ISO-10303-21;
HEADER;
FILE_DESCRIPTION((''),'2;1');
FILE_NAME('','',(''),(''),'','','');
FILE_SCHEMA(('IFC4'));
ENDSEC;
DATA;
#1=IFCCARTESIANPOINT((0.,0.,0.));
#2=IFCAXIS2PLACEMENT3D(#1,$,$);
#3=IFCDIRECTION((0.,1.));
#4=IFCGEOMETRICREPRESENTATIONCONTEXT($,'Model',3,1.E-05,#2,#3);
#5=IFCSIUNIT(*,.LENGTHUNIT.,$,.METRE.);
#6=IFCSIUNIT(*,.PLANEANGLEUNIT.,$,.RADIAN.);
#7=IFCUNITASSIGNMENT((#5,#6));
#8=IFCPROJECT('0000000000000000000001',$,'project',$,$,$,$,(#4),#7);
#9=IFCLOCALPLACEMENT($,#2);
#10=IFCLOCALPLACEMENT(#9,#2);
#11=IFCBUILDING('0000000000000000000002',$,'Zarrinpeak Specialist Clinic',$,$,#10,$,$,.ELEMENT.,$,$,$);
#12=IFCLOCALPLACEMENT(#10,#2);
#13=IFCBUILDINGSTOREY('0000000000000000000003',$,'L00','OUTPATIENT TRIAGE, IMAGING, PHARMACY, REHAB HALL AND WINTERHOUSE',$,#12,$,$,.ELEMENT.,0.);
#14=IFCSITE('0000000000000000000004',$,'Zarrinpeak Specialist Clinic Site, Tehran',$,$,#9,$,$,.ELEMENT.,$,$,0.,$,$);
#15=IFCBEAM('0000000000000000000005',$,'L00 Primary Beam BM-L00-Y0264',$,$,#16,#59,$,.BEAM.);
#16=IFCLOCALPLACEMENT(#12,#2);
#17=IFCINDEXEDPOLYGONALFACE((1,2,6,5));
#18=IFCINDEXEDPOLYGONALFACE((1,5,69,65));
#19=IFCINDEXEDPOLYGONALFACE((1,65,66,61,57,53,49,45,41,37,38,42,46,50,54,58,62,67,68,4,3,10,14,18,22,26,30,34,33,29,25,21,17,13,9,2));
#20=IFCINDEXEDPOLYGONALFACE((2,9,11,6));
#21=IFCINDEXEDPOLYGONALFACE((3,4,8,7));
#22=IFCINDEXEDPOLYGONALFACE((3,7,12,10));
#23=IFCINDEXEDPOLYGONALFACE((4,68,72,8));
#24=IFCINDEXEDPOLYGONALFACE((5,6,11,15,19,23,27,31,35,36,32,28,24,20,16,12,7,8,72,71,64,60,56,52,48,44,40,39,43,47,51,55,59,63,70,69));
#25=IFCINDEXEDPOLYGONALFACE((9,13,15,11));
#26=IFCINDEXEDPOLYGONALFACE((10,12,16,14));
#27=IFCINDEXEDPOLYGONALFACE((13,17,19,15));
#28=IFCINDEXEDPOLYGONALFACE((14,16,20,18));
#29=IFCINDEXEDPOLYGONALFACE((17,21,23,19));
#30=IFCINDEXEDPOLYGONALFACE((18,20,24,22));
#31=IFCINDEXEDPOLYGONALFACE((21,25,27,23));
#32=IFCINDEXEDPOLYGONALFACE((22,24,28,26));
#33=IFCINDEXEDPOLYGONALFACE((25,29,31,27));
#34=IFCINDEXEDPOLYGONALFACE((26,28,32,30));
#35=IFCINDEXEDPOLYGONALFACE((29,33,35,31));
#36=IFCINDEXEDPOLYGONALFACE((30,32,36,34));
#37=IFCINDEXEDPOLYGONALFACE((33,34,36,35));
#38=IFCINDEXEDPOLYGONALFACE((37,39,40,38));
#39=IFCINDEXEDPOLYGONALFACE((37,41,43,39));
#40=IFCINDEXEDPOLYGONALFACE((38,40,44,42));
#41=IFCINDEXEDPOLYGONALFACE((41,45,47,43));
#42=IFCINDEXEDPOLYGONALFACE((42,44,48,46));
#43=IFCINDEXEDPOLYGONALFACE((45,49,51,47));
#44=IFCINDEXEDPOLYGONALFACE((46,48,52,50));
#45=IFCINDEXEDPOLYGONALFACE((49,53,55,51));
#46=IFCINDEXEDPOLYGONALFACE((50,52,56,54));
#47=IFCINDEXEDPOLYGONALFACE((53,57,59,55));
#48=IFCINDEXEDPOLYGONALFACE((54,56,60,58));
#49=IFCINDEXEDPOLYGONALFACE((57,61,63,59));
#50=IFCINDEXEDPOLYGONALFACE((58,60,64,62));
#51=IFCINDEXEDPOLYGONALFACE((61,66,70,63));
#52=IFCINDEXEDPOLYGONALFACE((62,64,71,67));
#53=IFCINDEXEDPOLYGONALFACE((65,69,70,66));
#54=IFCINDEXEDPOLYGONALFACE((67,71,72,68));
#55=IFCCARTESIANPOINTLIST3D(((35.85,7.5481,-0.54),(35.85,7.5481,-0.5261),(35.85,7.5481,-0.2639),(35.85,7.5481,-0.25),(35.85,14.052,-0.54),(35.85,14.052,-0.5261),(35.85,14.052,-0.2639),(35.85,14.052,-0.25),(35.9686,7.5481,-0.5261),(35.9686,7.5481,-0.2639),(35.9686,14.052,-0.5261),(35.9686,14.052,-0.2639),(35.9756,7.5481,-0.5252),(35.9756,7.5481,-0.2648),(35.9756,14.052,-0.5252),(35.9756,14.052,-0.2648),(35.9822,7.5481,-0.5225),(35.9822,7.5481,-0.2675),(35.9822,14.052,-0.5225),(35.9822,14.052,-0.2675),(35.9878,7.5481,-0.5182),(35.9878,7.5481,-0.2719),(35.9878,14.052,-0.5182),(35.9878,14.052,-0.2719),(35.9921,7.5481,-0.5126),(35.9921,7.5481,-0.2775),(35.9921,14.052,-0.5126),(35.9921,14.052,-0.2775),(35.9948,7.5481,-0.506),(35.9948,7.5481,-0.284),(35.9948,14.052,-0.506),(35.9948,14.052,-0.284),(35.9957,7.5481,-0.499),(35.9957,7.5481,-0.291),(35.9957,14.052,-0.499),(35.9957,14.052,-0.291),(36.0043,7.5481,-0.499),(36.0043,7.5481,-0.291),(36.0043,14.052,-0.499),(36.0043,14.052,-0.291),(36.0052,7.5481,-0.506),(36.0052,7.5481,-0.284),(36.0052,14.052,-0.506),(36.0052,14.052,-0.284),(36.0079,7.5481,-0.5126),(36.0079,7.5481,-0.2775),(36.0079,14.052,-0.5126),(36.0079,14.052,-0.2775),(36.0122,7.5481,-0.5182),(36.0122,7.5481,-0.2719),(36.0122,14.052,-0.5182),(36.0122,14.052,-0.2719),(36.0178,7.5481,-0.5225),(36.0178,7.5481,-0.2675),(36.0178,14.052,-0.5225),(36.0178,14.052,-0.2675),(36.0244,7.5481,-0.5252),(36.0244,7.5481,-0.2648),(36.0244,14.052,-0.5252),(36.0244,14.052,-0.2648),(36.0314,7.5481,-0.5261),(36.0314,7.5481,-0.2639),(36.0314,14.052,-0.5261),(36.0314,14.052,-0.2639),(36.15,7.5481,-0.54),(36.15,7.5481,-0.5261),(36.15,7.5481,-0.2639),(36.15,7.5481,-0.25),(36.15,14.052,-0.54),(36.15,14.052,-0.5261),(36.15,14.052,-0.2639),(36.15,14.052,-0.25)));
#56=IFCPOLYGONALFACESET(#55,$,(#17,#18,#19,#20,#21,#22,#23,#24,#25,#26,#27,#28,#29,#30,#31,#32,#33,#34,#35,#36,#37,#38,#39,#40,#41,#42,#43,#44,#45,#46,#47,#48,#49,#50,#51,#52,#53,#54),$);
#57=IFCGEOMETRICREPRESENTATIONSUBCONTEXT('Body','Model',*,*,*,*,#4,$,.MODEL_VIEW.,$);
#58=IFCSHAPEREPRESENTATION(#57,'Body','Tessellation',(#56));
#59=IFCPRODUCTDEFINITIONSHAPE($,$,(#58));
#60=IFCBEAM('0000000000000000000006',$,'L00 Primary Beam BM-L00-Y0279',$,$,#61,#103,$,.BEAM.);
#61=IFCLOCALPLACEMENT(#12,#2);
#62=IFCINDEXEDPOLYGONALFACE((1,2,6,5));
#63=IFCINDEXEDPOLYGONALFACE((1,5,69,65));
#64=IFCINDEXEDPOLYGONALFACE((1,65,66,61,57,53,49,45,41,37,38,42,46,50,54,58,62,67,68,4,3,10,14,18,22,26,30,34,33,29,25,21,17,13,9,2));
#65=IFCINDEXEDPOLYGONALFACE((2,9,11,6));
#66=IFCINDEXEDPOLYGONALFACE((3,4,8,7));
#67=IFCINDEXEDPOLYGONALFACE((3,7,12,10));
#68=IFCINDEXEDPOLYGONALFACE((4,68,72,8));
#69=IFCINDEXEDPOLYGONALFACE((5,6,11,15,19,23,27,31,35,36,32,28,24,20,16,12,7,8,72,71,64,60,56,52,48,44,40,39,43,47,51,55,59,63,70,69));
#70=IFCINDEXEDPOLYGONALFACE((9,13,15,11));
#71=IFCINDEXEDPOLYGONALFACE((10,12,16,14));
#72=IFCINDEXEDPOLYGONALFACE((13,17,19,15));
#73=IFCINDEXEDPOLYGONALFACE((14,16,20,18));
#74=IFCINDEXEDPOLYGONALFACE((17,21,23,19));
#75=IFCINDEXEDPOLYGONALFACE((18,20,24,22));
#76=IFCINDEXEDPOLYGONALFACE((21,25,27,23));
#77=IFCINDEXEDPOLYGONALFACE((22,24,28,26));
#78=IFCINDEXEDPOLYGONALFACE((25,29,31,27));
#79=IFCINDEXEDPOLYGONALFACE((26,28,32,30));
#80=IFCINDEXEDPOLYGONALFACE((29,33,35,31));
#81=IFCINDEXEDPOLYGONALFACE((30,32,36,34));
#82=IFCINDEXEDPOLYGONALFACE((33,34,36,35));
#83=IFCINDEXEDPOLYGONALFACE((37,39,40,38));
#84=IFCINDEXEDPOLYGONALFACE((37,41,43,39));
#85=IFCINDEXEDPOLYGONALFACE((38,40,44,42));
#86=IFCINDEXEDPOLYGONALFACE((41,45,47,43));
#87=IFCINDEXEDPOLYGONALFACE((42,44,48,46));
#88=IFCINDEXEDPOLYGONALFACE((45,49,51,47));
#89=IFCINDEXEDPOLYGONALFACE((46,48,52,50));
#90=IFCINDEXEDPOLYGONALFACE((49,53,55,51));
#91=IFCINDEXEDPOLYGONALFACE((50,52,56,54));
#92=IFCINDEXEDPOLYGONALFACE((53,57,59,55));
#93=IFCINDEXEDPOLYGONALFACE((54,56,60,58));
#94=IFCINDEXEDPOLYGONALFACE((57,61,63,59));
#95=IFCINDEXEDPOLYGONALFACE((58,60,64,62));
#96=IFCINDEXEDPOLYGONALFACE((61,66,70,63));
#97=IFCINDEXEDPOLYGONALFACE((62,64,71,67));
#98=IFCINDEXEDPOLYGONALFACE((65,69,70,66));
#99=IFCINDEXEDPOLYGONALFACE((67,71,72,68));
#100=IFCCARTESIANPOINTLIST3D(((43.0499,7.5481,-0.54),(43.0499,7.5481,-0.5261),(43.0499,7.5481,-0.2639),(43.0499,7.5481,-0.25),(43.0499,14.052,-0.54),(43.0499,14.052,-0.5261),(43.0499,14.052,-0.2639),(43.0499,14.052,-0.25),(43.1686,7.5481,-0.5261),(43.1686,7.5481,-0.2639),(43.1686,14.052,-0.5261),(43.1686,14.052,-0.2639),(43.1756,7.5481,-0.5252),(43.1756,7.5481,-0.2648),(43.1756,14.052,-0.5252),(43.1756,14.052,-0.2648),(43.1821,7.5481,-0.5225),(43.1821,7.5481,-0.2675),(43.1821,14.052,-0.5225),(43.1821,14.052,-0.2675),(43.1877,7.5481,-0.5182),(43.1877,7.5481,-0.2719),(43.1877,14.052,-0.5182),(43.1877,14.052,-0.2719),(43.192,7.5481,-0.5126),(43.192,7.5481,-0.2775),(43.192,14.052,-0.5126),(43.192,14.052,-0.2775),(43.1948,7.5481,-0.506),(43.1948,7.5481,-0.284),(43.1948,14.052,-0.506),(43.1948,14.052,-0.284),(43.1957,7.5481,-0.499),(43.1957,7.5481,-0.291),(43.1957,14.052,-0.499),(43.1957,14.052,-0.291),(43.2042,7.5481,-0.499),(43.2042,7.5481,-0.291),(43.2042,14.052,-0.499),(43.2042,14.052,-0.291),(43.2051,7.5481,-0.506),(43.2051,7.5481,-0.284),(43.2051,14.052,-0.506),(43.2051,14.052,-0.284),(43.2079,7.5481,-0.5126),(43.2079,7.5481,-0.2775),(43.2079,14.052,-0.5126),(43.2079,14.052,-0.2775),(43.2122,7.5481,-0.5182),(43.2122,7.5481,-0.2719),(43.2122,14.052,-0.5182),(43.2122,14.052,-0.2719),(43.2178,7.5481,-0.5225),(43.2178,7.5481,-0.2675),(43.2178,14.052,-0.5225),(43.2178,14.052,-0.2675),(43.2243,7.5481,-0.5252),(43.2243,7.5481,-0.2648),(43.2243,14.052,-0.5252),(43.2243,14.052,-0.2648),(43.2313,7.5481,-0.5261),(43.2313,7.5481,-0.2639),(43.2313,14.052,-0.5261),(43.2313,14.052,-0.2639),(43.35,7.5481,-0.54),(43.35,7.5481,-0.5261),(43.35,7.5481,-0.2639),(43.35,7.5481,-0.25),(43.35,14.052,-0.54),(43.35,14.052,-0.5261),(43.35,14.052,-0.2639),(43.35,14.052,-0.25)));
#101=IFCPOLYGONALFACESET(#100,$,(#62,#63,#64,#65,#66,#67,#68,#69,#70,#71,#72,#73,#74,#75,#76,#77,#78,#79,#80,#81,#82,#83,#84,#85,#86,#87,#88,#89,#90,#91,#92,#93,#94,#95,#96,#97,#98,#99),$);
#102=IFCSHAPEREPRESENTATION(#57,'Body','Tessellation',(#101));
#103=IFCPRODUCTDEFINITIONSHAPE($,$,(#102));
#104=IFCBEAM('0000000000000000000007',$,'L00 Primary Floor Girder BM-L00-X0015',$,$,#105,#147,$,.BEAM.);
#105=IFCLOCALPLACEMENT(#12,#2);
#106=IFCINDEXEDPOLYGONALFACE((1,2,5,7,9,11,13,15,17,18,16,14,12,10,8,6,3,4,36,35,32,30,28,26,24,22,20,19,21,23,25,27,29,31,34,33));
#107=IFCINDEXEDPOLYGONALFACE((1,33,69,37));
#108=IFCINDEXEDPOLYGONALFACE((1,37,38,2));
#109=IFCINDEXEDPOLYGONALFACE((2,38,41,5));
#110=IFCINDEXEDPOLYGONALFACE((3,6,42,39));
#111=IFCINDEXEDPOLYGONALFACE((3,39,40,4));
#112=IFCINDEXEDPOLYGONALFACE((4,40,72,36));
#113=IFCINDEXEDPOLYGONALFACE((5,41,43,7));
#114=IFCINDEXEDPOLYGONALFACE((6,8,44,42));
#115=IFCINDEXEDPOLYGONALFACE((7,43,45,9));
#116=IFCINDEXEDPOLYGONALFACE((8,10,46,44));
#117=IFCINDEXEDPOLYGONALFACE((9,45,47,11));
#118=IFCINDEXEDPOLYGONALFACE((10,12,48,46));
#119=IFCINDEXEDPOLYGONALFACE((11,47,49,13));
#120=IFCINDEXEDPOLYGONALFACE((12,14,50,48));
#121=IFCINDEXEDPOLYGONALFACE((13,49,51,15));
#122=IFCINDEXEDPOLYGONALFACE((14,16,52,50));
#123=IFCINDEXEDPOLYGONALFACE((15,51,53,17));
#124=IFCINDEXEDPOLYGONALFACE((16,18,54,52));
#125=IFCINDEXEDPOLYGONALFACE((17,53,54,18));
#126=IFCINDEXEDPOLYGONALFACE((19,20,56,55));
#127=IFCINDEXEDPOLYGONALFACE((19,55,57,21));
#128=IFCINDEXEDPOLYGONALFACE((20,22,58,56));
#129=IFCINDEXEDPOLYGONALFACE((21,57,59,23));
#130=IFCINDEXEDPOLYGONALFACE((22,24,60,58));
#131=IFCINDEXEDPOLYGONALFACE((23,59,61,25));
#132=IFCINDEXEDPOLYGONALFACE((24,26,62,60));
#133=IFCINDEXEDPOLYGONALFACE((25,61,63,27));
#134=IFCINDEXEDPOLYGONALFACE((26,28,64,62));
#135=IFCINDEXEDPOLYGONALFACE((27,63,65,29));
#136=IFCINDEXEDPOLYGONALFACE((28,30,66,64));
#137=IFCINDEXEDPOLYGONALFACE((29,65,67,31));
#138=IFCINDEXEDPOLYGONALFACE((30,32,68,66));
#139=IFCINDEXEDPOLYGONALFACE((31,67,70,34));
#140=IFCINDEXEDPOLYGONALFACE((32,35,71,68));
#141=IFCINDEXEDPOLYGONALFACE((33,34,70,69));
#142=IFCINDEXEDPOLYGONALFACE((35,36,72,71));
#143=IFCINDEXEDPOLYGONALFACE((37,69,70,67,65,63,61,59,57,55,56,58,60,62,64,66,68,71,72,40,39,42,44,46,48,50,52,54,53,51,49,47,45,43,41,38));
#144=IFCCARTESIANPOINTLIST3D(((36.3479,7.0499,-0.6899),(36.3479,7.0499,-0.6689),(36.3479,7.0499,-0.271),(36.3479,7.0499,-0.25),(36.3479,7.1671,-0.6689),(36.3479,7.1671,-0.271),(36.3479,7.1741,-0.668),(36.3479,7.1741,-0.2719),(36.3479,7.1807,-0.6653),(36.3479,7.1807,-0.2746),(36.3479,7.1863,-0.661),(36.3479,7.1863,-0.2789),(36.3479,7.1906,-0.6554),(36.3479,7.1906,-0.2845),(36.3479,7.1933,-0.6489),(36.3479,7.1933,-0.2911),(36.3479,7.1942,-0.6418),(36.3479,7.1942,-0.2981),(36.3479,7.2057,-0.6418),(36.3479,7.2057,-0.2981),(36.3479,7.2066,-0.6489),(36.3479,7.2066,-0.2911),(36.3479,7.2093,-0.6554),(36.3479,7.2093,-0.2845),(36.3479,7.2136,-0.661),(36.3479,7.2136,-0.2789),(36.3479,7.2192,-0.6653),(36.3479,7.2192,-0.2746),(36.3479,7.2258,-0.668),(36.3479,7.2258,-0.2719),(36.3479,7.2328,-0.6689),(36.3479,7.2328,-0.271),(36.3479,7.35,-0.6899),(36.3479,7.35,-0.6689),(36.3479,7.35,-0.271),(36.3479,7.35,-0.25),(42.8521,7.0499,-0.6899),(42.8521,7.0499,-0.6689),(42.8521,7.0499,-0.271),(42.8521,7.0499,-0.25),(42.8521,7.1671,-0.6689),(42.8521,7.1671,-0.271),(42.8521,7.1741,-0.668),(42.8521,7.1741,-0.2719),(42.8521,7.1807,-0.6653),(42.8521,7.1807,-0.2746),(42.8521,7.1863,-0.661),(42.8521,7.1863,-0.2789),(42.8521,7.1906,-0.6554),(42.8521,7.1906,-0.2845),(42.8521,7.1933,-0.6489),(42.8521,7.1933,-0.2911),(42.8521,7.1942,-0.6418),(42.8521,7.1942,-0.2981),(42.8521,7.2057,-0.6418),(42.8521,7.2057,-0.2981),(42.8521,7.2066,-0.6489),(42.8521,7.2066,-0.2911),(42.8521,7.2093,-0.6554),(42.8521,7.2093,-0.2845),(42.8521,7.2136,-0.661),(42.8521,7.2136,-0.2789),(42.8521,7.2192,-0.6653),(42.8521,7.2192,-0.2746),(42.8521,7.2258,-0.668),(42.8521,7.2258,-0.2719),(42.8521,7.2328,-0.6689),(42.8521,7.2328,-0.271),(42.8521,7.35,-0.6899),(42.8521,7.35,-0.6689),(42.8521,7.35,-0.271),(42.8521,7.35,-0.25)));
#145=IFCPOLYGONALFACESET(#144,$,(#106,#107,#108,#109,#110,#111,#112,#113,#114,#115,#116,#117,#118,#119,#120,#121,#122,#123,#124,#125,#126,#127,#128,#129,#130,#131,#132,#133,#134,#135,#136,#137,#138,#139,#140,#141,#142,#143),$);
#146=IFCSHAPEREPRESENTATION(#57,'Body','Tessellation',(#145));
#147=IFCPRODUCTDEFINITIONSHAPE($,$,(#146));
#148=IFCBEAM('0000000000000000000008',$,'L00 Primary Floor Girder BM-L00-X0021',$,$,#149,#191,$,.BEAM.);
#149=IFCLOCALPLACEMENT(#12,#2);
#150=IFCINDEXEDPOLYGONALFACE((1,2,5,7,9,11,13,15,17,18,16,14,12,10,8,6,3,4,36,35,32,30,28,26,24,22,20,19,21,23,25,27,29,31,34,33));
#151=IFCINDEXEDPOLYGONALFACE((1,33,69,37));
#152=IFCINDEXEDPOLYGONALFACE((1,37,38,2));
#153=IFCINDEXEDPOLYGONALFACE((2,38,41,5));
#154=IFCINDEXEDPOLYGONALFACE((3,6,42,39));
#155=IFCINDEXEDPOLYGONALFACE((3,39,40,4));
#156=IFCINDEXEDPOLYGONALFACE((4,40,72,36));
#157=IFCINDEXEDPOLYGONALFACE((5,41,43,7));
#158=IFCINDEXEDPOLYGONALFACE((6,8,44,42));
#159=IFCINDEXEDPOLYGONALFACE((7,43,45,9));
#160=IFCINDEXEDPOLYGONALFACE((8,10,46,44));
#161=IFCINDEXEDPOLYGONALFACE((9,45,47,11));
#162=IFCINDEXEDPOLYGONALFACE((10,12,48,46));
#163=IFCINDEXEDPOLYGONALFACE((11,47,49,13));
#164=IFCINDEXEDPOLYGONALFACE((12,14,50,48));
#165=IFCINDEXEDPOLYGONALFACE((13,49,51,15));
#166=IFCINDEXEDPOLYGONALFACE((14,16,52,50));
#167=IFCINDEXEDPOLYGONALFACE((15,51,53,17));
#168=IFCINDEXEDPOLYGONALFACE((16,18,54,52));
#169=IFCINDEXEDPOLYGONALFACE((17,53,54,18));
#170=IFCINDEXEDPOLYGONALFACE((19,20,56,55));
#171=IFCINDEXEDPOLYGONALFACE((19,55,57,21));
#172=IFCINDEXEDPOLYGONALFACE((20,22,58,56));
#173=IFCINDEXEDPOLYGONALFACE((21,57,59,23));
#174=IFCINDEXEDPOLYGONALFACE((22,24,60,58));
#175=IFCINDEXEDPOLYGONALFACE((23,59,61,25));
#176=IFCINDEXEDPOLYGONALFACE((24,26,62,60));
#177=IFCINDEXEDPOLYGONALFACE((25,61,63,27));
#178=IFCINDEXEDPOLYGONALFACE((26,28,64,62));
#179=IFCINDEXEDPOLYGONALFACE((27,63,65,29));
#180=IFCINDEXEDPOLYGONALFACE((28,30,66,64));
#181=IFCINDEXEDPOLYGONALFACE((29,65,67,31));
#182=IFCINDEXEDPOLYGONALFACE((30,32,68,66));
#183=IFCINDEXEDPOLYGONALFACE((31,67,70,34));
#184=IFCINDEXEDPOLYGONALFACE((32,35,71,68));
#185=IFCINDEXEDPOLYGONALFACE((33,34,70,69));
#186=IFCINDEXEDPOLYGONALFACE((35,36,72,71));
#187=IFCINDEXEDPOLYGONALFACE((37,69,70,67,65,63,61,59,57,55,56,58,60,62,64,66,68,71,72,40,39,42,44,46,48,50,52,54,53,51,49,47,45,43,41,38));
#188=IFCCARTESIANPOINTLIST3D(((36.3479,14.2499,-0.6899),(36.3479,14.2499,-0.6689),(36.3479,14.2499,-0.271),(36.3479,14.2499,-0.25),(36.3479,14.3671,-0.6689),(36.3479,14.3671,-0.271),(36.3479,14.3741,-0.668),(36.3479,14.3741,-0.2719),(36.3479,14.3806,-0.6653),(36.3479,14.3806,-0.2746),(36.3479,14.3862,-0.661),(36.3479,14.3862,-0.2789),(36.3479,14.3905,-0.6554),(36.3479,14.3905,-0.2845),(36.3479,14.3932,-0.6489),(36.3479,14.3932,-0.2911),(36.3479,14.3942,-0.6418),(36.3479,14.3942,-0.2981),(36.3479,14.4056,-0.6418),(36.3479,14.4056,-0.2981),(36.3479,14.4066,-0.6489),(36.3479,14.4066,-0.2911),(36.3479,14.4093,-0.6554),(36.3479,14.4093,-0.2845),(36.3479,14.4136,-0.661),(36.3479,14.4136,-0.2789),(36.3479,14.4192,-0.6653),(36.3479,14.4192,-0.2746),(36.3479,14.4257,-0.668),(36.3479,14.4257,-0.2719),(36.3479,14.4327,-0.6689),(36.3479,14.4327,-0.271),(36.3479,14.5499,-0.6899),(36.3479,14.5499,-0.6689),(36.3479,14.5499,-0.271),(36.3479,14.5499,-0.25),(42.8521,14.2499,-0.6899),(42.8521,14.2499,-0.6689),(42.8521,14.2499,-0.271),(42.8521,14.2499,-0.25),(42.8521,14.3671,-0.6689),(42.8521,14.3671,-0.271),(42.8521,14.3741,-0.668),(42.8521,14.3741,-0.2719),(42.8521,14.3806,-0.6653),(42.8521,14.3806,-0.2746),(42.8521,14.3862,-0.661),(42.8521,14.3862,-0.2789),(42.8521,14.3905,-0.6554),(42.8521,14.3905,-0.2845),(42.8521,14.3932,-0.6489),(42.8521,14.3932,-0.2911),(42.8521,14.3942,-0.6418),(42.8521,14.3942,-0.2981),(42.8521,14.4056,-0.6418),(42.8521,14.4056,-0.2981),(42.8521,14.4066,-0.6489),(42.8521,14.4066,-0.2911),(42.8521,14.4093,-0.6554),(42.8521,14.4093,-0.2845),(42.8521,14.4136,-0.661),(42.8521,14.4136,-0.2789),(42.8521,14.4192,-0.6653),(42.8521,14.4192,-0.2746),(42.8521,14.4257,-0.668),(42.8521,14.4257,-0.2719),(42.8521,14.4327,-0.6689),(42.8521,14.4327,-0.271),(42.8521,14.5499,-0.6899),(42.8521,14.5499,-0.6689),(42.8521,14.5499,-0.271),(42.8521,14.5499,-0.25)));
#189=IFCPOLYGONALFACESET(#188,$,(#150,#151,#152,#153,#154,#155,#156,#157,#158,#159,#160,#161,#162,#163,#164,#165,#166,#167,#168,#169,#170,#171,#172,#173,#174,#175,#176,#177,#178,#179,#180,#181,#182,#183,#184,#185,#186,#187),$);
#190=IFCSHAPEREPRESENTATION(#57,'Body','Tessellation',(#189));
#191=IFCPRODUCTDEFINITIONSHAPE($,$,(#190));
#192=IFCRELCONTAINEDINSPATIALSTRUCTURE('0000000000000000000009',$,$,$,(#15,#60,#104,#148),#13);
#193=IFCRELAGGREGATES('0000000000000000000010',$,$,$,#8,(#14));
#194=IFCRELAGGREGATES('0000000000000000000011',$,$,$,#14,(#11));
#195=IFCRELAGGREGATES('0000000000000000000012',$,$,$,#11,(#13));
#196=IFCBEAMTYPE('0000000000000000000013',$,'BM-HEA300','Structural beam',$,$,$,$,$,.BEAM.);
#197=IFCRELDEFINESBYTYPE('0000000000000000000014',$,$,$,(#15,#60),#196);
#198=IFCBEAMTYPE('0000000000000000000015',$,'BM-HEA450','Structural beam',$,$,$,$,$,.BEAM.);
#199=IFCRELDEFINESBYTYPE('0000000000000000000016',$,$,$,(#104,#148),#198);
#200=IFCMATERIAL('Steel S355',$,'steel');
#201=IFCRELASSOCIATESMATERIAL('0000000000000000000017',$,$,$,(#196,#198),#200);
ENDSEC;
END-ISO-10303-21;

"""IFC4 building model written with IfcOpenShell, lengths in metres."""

from ifc_helpers import new_model, si_unit, direction, frame, origin, origin_2d, place, context, subcontext, project, spatial, i_section, extrude, material, material_profile, profile_set, type_object, element, save


model = new_model("IFC4")

# Units and contexts
model_context = context("Model", 3, precision=1e-05, world=origin(), true_north=direction((0.0, 1.0)))
body_context = subcontext(model_context, "Body", "Model", "MODEL_VIEW")
ifc_project = project(units=[si_unit("LENGTHUNIT", "METRE"), si_unit("PLANEANGLEUNIT", "RADIAN")], contexts=[model_context])

# Site, building, storey
site_placement = place(None, origin())
site = spatial("IfcSite", under=ifc_project, at=site_placement, Name="Zarrinpeak Specialist Clinic Site, Tehran", CompositionType="ELEMENT", RefElevation=0.0)
building_placement = place(site_placement, origin())
building = spatial("IfcBuilding", under=site, at=building_placement, Name="Zarrinpeak Specialist Clinic", CompositionType="ELEMENT")
storey_placement = place(building_placement, origin())
storey = spatial("IfcBuildingStorey", under=building, at=storey_placement, Name="L00", Description="OUTPATIENT TRIAGE, IMAGING, PHARMACY, REHAB HALL AND WINTERHOUSE", CompositionType="ELEMENT", Elevation=0.0)

# Shared definitions
ifc_material_1 = material(Name="Steel S355", Category="steel")

# Beams
ifc_material_profile_1 = material_profile(ifc_material_1, i_section(OverallWidth=0.3, OverallDepth=0.29, WebThickness=0.0085, FlangeThickness=0.0139, FilletRadius=0.0271, at=origin_2d()), Name="HEA 300")
ifc_profile_set_1 = profile_set([ifc_material_profile_1], Name="Steel S355")
beam_type_1 = type_object("IfcBeamType", Name="BM-HEA300", Description="Structural beam", PredefinedType="BEAM", material=ifc_profile_set_1)
for number, where, z_axis, x_axis, name in (
    (1, (36.0, 7.5481, -0.395), (0.0, 1.0, 0.0), (-1.0, 0.0, 0.0), "L00 Primary Beam BM-L00-Y0264"),
    (2, (43.2, 7.5481, -0.395), (0.0, 1.0, 0.0), (-1.0, 0.0, 0.0), "L00 Primary Beam BM-L00-Y0279"),
):
    element("IfcBeam", number, at=place(storey_placement, frame(where, z_axis=z_axis, x_axis=x_axis)), inside=storey, type_object=beam_type_1, Name=name, PredefinedType="BEAM", context=body_context, shape_type="SweptSolid", body=[
        extrude(i_section(OverallWidth=0.3, OverallDepth=0.29, WebThickness=0.0085, FlangeThickness=0.0139, FilletRadius=0.0271, at=origin_2d()), origin(), (0.0, 0.0, 1.0), 6.5039),
    ])
ifc_material_profile_2 = material_profile(ifc_material_1, i_section(OverallWidth=0.3, OverallDepth=0.4399, WebThickness=0.0115, FlangeThickness=0.021, FilletRadius=0.0271, at=origin_2d()), Name="HEA 450")
ifc_profile_set_2 = profile_set([ifc_material_profile_2], Name="Steel S355")
beam_type_2 = type_object("IfcBeamType", Name="BM-HEA450", Description="Structural beam", PredefinedType="BEAM", material=ifc_profile_set_2)
for number, where, z_axis, x_axis, name in (
    (3, (36.3479, 7.2, -0.47), (1.0, 0.0, 0.0), (0.0, 1.0, 0.0), "L00 Primary Floor Girder BM-L00-X0015"),
    (4, (36.3479, 14.3999, -0.47), (1.0, 0.0, 0.0), (0.0, 1.0, 0.0), "L00 Primary Floor Girder BM-L00-X0021"),
):
    element("IfcBeam", number, at=place(storey_placement, frame(where, z_axis=z_axis, x_axis=x_axis)), inside=storey, type_object=beam_type_2, Name=name, PredefinedType="BEAM", context=body_context, shape_type="SweptSolid", body=[
        extrude(i_section(OverallWidth=0.3, OverallDepth=0.4399, WebThickness=0.0115, FlangeThickness=0.021, FilletRadius=0.0271, at=origin_2d()), origin(), (0.0, 0.0, 1.0), 6.5042),
    ])

save(model, "model.ifc")
